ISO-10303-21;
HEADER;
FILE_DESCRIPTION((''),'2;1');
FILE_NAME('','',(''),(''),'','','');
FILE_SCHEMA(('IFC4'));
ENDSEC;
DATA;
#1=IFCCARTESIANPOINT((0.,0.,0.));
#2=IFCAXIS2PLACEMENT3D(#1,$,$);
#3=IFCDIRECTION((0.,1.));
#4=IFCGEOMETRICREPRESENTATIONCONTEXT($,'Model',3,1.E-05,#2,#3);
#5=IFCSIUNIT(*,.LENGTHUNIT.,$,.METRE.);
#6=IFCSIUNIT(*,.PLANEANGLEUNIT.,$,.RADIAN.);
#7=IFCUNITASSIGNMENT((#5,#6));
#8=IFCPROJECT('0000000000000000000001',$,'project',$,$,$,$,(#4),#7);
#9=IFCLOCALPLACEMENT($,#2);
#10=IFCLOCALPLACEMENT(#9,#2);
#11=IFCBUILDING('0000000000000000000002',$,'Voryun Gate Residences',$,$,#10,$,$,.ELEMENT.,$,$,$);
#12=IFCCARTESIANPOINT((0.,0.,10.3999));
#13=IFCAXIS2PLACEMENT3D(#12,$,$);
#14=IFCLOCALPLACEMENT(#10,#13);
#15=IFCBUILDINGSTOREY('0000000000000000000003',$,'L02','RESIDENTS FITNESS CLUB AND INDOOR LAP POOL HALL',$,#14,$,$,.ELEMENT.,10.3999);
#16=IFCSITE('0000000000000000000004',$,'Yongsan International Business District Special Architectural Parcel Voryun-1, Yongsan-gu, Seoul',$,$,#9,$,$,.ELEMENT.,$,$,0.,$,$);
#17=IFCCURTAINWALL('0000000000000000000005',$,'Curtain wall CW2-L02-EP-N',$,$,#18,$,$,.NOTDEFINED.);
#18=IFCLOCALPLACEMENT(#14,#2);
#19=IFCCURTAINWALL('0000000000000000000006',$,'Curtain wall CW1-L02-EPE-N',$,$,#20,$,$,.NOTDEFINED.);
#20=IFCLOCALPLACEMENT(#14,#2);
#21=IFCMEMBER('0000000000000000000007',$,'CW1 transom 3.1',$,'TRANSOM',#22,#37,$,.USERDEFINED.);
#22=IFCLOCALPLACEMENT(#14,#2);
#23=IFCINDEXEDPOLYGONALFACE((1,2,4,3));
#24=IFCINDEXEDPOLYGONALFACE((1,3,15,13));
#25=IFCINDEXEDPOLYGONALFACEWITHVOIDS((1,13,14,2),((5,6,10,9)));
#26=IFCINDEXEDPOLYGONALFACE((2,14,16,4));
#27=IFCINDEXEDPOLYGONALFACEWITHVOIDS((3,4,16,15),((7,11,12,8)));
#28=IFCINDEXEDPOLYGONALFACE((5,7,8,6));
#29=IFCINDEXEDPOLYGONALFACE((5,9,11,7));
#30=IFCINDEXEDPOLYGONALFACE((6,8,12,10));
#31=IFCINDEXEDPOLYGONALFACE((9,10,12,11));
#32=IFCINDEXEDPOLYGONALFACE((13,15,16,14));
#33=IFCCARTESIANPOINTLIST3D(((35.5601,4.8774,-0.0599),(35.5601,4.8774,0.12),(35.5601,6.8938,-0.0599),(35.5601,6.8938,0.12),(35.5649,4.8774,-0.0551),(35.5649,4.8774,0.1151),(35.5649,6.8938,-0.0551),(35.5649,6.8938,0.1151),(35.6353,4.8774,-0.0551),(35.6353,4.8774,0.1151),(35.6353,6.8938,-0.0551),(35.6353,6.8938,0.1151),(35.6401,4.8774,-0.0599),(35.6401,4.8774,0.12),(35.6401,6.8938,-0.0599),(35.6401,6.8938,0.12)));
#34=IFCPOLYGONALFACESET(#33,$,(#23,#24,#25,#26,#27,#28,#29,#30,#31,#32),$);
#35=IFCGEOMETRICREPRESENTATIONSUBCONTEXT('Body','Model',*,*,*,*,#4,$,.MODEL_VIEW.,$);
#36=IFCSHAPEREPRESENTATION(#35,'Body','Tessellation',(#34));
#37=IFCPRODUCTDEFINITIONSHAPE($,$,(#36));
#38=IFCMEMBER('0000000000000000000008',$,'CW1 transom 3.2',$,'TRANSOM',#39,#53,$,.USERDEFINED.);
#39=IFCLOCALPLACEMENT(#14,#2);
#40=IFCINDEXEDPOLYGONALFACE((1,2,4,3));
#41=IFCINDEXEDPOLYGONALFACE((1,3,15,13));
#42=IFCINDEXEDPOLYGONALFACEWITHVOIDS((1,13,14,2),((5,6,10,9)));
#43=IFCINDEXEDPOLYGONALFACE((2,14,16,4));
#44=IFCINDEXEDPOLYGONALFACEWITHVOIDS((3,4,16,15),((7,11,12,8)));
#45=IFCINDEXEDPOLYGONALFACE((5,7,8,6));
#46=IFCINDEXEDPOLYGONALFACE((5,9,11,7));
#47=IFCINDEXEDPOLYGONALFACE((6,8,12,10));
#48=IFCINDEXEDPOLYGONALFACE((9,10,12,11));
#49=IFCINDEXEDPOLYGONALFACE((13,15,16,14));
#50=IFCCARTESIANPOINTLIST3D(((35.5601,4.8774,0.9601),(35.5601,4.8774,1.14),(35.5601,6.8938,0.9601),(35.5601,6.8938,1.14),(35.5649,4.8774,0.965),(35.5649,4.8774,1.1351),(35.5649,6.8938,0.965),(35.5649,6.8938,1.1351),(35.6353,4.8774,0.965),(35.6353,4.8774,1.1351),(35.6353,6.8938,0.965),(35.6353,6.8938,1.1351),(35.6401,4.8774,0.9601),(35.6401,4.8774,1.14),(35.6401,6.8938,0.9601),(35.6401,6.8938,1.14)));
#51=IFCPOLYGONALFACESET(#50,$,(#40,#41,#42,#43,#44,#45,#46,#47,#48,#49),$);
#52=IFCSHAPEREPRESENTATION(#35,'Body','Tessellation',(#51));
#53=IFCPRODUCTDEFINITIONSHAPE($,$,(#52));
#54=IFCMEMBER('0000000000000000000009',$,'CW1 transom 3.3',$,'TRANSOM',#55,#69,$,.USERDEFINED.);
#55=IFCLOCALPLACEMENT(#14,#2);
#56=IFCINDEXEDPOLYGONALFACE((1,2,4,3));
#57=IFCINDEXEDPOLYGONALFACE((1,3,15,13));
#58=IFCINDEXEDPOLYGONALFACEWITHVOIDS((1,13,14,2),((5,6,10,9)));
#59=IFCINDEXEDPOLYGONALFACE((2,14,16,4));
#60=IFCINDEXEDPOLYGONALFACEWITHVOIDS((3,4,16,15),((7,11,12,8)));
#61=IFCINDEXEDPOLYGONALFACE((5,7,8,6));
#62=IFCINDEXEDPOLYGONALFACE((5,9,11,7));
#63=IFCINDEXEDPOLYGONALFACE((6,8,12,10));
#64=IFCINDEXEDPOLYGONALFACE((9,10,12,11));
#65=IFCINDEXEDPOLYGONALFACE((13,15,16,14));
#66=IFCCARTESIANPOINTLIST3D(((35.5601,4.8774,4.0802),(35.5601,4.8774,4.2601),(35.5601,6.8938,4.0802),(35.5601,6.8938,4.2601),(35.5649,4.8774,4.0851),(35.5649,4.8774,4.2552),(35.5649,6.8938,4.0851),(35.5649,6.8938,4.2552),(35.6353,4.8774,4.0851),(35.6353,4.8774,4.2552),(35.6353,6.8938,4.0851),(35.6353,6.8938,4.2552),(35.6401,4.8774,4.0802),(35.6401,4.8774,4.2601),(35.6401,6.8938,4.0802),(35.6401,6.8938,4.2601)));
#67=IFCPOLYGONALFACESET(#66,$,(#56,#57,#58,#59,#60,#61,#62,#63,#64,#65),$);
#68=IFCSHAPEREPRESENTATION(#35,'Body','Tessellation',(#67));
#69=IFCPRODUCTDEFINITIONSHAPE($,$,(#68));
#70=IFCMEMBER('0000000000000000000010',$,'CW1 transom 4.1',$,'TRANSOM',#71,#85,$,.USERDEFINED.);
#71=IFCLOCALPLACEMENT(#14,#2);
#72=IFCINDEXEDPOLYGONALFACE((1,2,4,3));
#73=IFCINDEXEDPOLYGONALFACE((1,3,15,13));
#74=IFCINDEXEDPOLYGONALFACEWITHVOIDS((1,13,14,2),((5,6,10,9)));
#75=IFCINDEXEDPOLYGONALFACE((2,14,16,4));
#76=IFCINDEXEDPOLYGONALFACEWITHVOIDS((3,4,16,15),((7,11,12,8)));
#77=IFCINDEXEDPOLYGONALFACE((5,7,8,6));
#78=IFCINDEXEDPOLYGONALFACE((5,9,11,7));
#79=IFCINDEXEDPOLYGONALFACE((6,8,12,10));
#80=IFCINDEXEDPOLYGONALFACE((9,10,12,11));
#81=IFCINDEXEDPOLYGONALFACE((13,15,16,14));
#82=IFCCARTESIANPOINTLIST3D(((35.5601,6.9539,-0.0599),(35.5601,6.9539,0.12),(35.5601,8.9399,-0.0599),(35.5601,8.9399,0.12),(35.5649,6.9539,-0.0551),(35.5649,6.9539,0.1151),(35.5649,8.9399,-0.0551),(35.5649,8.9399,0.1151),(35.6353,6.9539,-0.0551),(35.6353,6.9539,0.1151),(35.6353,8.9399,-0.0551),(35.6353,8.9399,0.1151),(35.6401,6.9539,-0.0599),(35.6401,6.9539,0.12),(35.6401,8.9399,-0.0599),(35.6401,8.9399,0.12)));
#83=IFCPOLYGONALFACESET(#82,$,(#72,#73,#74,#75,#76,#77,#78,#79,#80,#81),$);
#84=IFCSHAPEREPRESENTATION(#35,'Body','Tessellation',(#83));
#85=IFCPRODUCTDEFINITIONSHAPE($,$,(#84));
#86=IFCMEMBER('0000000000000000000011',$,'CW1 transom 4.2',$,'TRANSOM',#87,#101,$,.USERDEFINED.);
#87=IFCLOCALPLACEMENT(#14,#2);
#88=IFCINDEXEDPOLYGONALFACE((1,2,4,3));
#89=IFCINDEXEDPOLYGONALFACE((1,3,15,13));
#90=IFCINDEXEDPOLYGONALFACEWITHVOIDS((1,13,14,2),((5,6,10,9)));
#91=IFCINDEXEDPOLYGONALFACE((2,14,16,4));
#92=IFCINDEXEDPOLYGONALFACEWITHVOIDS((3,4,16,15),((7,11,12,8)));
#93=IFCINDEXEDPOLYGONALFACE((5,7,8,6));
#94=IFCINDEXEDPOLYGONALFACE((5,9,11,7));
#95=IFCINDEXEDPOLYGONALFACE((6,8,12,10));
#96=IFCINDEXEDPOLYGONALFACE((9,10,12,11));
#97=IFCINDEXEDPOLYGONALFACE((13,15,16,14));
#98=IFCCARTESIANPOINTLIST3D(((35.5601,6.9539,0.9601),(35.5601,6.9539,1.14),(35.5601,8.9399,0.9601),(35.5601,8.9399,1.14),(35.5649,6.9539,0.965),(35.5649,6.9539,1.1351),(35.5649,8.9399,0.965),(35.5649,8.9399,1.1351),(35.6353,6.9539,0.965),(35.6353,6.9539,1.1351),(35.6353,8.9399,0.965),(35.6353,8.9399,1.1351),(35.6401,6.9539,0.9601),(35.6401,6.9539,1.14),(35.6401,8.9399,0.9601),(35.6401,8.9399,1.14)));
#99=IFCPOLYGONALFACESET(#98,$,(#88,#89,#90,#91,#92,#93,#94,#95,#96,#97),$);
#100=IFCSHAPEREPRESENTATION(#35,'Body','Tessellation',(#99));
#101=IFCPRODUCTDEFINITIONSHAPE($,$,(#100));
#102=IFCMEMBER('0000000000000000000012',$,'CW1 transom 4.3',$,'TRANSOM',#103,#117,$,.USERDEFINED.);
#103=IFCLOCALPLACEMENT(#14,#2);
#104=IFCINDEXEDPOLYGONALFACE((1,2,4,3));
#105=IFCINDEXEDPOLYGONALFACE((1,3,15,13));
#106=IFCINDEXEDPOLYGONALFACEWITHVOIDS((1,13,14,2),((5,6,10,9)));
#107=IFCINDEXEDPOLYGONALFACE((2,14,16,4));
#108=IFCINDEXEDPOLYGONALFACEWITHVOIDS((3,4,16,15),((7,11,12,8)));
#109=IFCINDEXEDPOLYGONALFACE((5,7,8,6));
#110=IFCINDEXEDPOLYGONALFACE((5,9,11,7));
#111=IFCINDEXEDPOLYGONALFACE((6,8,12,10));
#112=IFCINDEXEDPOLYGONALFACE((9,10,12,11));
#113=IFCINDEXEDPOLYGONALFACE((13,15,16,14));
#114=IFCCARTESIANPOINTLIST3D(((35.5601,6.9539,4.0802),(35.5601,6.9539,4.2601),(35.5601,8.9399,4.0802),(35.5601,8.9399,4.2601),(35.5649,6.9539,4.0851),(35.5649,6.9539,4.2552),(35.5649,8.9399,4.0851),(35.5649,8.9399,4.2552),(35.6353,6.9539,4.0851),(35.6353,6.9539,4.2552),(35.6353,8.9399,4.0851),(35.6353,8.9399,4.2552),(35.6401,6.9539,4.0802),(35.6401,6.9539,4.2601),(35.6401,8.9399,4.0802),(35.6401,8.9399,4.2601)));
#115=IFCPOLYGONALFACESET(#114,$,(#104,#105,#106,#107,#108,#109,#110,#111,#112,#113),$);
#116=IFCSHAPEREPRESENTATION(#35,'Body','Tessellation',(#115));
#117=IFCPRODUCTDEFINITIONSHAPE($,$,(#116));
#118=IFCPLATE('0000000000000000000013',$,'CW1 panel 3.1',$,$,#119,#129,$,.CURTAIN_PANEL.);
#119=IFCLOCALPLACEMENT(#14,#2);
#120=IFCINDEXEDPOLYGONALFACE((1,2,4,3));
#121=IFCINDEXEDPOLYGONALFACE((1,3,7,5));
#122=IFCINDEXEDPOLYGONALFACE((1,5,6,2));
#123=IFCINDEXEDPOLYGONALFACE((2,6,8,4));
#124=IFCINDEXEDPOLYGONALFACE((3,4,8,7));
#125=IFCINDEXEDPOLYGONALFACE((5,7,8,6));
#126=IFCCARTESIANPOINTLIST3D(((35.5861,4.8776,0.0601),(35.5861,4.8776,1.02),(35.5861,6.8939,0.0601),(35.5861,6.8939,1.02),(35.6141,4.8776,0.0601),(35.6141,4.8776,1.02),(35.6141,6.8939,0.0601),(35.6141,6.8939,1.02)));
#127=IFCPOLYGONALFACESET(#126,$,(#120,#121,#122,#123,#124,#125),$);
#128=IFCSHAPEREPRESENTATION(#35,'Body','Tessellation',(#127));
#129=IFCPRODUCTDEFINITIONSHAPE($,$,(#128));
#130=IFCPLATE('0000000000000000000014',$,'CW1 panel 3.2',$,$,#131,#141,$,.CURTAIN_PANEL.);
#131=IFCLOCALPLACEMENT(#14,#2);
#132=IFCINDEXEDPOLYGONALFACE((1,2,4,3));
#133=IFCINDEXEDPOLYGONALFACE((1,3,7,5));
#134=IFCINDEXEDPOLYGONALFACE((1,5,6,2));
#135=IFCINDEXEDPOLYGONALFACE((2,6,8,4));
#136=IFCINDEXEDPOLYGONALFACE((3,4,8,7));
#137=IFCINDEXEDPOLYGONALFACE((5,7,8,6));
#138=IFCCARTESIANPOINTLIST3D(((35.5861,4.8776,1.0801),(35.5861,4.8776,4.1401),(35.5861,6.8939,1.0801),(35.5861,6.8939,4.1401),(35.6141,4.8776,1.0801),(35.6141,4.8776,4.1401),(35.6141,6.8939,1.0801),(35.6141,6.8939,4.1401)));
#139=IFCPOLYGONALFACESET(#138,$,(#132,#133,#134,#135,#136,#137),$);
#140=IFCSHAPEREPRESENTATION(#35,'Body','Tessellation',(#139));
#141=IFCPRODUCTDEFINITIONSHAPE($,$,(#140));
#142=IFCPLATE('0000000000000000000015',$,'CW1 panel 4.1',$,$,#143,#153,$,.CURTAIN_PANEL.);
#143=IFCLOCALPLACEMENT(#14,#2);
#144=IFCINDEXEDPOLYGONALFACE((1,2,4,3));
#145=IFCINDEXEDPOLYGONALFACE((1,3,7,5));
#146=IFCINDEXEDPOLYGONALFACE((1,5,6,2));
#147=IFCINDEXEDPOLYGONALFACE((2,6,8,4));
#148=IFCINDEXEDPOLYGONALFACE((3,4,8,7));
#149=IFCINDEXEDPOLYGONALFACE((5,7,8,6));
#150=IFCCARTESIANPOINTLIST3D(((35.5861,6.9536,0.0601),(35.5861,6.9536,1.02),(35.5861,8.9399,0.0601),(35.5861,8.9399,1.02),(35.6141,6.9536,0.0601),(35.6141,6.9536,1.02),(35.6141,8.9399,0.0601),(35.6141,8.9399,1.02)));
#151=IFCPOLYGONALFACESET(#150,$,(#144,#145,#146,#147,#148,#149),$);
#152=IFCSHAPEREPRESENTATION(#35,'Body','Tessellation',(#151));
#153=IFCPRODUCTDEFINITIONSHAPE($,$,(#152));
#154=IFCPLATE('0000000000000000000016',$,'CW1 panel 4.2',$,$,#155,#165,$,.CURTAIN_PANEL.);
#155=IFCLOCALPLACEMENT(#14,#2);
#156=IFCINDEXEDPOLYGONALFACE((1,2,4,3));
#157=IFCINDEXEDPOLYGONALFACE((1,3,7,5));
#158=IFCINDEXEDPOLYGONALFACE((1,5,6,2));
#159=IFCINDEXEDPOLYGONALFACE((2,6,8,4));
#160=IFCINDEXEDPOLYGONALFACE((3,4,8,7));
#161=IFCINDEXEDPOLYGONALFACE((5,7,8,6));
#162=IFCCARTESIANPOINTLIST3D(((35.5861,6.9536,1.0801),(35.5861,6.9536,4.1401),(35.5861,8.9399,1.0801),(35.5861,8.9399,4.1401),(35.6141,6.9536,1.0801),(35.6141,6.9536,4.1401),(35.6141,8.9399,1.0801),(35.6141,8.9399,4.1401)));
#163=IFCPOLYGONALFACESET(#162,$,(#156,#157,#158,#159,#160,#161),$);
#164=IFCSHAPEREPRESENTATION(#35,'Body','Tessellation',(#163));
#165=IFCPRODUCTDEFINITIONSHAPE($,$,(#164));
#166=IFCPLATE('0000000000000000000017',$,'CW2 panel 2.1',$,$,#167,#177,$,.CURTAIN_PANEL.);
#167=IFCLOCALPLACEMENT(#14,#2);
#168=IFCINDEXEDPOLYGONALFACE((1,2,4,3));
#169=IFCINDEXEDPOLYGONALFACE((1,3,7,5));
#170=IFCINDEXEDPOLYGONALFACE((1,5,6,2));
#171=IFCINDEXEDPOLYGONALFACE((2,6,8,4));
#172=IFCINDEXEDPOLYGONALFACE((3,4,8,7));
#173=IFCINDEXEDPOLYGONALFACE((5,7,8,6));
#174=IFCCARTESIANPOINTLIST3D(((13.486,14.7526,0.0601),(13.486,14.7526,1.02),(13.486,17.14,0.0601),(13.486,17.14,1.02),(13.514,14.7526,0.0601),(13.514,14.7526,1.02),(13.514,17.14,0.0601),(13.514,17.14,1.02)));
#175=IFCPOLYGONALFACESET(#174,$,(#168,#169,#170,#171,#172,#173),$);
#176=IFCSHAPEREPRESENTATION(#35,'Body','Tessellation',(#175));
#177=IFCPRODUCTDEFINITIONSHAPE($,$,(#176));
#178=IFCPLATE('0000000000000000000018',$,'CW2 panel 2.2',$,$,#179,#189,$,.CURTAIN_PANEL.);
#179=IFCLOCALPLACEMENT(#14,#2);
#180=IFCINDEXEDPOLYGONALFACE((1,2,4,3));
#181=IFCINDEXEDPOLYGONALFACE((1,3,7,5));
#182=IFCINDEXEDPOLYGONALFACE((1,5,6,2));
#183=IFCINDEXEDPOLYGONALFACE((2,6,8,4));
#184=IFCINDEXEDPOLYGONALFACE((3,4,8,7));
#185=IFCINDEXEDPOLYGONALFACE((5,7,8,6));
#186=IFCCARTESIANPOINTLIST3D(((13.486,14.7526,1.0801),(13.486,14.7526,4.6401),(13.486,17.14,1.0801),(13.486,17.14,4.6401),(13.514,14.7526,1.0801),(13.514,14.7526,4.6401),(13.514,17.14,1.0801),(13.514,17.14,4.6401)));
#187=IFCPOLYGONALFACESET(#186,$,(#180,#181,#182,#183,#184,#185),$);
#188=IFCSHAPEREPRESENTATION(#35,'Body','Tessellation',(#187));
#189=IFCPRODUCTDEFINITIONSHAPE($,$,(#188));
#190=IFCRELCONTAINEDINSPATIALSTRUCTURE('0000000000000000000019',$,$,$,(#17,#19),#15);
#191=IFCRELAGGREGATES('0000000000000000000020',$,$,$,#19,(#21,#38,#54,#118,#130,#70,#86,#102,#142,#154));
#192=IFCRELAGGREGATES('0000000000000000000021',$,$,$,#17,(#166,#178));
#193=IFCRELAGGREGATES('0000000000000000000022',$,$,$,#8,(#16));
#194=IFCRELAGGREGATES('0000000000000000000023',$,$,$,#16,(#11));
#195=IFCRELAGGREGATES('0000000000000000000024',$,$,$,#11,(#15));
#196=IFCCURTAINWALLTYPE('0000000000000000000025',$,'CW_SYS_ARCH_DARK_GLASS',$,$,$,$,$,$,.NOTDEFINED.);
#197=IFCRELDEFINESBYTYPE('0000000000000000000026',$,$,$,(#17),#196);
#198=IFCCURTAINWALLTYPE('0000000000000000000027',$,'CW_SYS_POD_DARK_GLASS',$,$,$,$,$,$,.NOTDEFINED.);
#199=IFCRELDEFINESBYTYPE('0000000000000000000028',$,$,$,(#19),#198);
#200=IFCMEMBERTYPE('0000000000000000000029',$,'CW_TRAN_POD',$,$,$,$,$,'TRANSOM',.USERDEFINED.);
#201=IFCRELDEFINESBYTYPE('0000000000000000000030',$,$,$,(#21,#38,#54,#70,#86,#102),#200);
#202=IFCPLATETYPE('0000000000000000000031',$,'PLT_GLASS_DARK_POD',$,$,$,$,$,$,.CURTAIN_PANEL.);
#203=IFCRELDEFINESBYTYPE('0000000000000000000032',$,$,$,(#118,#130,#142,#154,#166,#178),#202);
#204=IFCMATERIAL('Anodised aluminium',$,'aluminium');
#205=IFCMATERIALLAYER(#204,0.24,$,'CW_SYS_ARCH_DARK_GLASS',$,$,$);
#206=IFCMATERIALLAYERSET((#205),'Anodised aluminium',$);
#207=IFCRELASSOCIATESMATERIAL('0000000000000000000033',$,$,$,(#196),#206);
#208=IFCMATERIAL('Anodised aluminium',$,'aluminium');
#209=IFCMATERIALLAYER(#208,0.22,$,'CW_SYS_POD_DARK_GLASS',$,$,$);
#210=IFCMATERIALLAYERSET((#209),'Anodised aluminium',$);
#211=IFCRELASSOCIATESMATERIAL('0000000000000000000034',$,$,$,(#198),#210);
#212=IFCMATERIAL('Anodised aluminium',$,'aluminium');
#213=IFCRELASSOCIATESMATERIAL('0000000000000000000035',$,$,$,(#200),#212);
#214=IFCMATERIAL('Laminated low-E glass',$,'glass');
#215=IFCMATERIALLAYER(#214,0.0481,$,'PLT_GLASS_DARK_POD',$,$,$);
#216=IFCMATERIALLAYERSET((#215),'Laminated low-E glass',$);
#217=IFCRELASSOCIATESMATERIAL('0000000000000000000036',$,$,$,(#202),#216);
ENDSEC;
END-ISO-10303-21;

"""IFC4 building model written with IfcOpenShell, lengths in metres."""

from ifc_helpers import new_model, si_unit, direction, frame, origin, origin_2d, place, context, subcontext, project, spatial, rectangle, hollow_rectangle, extrude, material, layer, layer_set, material_profile, profile_set, type_object, element, aggregate, save


model = new_model("IFC4")

# Units and contexts
model_context = context("Model", 3, precision=1e-05, world=origin(), true_north=direction((0.0, 1.0)))
body_context = subcontext(model_context, "Body", "Model", "MODEL_VIEW")
ifc_project = project(units=[si_unit("LENGTHUNIT", "METRE"), si_unit("PLANEANGLEUNIT", "RADIAN")], contexts=[model_context])

# Site, building, storey
site_placement = place(None, origin())
site = spatial("IfcSite", under=ifc_project, at=site_placement, Name="Yongsan International Business District Special Architectural Parcel Voryun-1, Yongsan-gu, Seoul", CompositionType="ELEMENT", RefElevation=0.0)
building_placement = place(site_placement, origin())
building = spatial("IfcBuilding", under=site, at=building_placement, Name="Voryun Gate Residences", CompositionType="ELEMENT")
storey_placement = place(building_placement, frame((0.0, 0.0, 10.3999)))
storey = spatial("IfcBuildingStorey", under=building, at=storey_placement, Name="L02", Description="RESIDENTS FITNESS CLUB AND INDOOR LAP POOL HALL", CompositionType="ELEMENT", Elevation=10.3999)

# Curtain wall
ifc_material_1 = material(Name="Anodised aluminium", Category="aluminium")
ifc_layer_1 = layer(ifc_material_1, 0.24, Name="CW_SYS_ARCH_DARK_GLASS")
ifc_layer_set_1 = layer_set([ifc_layer_1], Name="Anodised aluminium")
curtain_wall_type_1 = type_object("IfcCurtainWallType", Name="CW_SYS_ARCH_DARK_GLASS", PredefinedType="NOTDEFINED", material=ifc_layer_set_1)
curtain_wall_1_placement = place(storey_placement, origin())
curtain_wall_1 = element("IfcCurtainWall", 1, at=curtain_wall_1_placement, inside=storey, type_object=curtain_wall_type_1, Name="Curtain wall CW2-L02-EP-N", PredefinedType="NOTDEFINED")

# Curtain wall, members, plates
ifc_material_2 = material(Name="Anodised aluminium", Category="aluminium")
ifc_layer_2 = layer(ifc_material_2, 0.22, Name="CW_SYS_POD_DARK_GLASS")
ifc_layer_set_2 = layer_set([ifc_layer_2], Name="Anodised aluminium")
curtain_wall_type_2 = type_object("IfcCurtainWallType", Name="CW_SYS_POD_DARK_GLASS", PredefinedType="NOTDEFINED", material=ifc_layer_set_2)
curtain_wall_2_placement = place(storey_placement, origin())
curtain_wall_2 = element("IfcCurtainWall", 2, at=curtain_wall_2_placement, inside=storey, type_object=curtain_wall_type_2, Name="Curtain wall CW1-L02-EPE-N", PredefinedType="NOTDEFINED")
ifc_material_3 = material(Name="Anodised aluminium", Category="aluminium")
ifc_material_profile_1 = material_profile(ifc_material_3, hollow_rectangle(XDim=0.0801, YDim=0.1799, WallThickness=0.0049, at=origin_2d()), Name="ALU-TRAN-180x80x5")
ifc_profile_set_1 = profile_set([ifc_material_profile_1], Name="Anodised aluminium")
member_type_1 = type_object("IfcMemberType", Name="CW_TRAN_POD", ElementType="TRANSOM", PredefinedType="USERDEFINED", material=ifc_profile_set_1)
member_1_placement = place(storey_placement, frame((35.6001, 4.8774, 0.03), z_axis=(0.0, 1.0, 0.0), x_axis=(-1.0, 0.0, 0.0)))
member_1 = element("IfcMember", 3, at=member_1_placement, type_object=member_type_1, Name="CW1 transom 3.1", ObjectType="TRANSOM", PredefinedType="USERDEFINED", context=body_context, shape_type="SweptSolid", body=[
    extrude(hollow_rectangle(XDim=0.0801, YDim=0.1799, WallThickness=0.0049, at=origin_2d()), origin(), (0.0, 0.0, 1.0), 2.0164),
])
member_2_placement = place(storey_placement, frame((35.6001, 4.8774, 1.05), z_axis=(0.0, 1.0, 0.0), x_axis=(-1.0, 0.0, 0.0)))
member_2 = element("IfcMember", 4, at=member_2_placement, type_object=member_type_1, Name="CW1 transom 3.2", ObjectType="TRANSOM", PredefinedType="USERDEFINED", context=body_context, shape_type="SweptSolid", body=[
    extrude(hollow_rectangle(XDim=0.0801, YDim=0.1799, WallThickness=0.0049, at=origin_2d()), origin(), (0.0, 0.0, 1.0), 2.0164),
])
member_3_placement = place(storey_placement, frame((35.6001, 4.8774, 4.1702), z_axis=(0.0, 1.0, 0.0), x_axis=(-1.0, 0.0, 0.0)))
member_3 = element("IfcMember", 5, at=member_3_placement, type_object=member_type_1, Name="CW1 transom 3.3", ObjectType="TRANSOM", PredefinedType="USERDEFINED", context=body_context, shape_type="SweptSolid", body=[
    extrude(hollow_rectangle(XDim=0.0801, YDim=0.1799, WallThickness=0.0049, at=origin_2d()), origin(), (0.0, 0.0, 1.0), 2.0164),
])
member_4_placement = place(storey_placement, frame((35.6001, 6.9539, 0.03), z_axis=(0.0, 1.0, 0.0), x_axis=(-1.0, 0.0, 0.0)))
member_4 = element("IfcMember", 6, at=member_4_placement, type_object=member_type_1, Name="CW1 transom 4.1", ObjectType="TRANSOM", PredefinedType="USERDEFINED", context=body_context, shape_type="SweptSolid", body=[
    extrude(hollow_rectangle(XDim=0.0801, YDim=0.1799, WallThickness=0.0049, at=origin_2d()), origin(), (0.0, 0.0, 1.0), 1.9861),
])
member_5_placement = place(storey_placement, frame((35.6001, 6.9539, 1.05), z_axis=(0.0, 1.0, 0.0), x_axis=(-1.0, 0.0, 0.0)))
member_5 = element("IfcMember", 7, at=member_5_placement, type_object=member_type_1, Name="CW1 transom 4.2", ObjectType="TRANSOM", PredefinedType="USERDEFINED", context=body_context, shape_type="SweptSolid", body=[
    extrude(hollow_rectangle(XDim=0.0801, YDim=0.1799, WallThickness=0.0049, at=origin_2d()), origin(), (0.0, 0.0, 1.0), 1.9861),
])
member_6_placement = place(storey_placement, frame((35.6001, 6.9539, 4.1702), z_axis=(0.0, 1.0, 0.0), x_axis=(-1.0, 0.0, 0.0)))
member_6 = element("IfcMember", 8, at=member_6_placement, type_object=member_type_1, Name="CW1 transom 4.3", ObjectType="TRANSOM", PredefinedType="USERDEFINED", context=body_context, shape_type="SweptSolid", body=[
    extrude(hollow_rectangle(XDim=0.0801, YDim=0.1799, WallThickness=0.0049, at=origin_2d()), origin(), (0.0, 0.0, 1.0), 1.9861),
])
ifc_material_4 = material(Name="Laminated low-E glass", Category="glass")
ifc_layer_3 = layer(ifc_material_4, 0.0481, Name="PLT_GLASS_DARK_POD")
ifc_layer_set_3 = layer_set([ifc_layer_3], Name="Laminated low-E glass")
plate_type = type_object("IfcPlateType", Name="PLT_GLASS_DARK_POD", PredefinedType="CURTAIN_PANEL", material=ifc_layer_set_3)
plate_1_placement = place(storey_placement, frame((35.6001, 5.8857, 0.0601), z_axis=(0.0, 0.0, 1.0), x_axis=(0.0, 1.0, 0.0)))
plate_1 = element("IfcPlate", 9, at=plate_1_placement, type_object=plate_type, Name="CW1 panel 3.1", PredefinedType="CURTAIN_PANEL", context=body_context, shape_type="SweptSolid", body=[
    extrude(rectangle(XDim=2.0164, YDim=0.0281, at=origin_2d()), origin(), (0.0, 0.0, 1.0), 0.96),
])
plate_2_placement = place(storey_placement, frame((35.6001, 5.8857, 1.0801), z_axis=(0.0, 0.0, 1.0), x_axis=(0.0, 1.0, 0.0)))
plate_2 = element("IfcPlate", 10, at=plate_2_placement, type_object=plate_type, Name="CW1 panel 3.2", PredefinedType="CURTAIN_PANEL", context=body_context, shape_type="SweptSolid", body=[
    extrude(rectangle(XDim=2.0164, YDim=0.0281, at=origin_2d()), origin(), (0.0, 0.0, 1.0), 3.0601),
])
plate_3_placement = place(storey_placement, frame((35.6001, 7.9468, 0.0601), z_axis=(0.0, 0.0, 1.0), x_axis=(0.0, 1.0, 0.0)))
plate_3 = element("IfcPlate", 11, at=plate_3_placement, type_object=plate_type, Name="CW1 panel 4.1", PredefinedType="CURTAIN_PANEL", context=body_context, shape_type="SweptSolid", body=[
    extrude(rectangle(XDim=1.9863, YDim=0.0281, at=origin_2d()), origin(), (0.0, 0.0, 1.0), 0.96),
])
plate_4_placement = place(storey_placement, frame((35.6001, 7.9468, 1.0801), z_axis=(0.0, 0.0, 1.0), x_axis=(0.0, 1.0, 0.0)))
plate_4 = element("IfcPlate", 12, at=plate_4_placement, type_object=plate_type, Name="CW1 panel 4.2", PredefinedType="CURTAIN_PANEL", context=body_context, shape_type="SweptSolid", body=[
    extrude(rectangle(XDim=1.9863, YDim=0.0281, at=origin_2d()), origin(), (0.0, 0.0, 1.0), 3.0601),
])
aggregate(curtain_wall_2, [member_1, member_2, member_3, plate_1, plate_2, member_4, member_5, member_6, plate_3, plate_4])

# Plates
plate_5_placement = place(storey_placement, frame((13.5, 15.9463, 0.0601), z_axis=(0.0, 0.0, 1.0), x_axis=(0.0, 1.0, 0.0)))
plate_5 = element("IfcPlate", 13, at=plate_5_placement, type_object=plate_type, Name="CW2 panel 2.1", PredefinedType="CURTAIN_PANEL", context=body_context, shape_type="SweptSolid", body=[
    extrude(rectangle(XDim=2.3875, YDim=0.0281, at=origin_2d()), origin(), (0.0, 0.0, 1.0), 0.96),
])
plate_6_placement = place(storey_placement, frame((13.5, 15.9463, 1.0801), z_axis=(0.0, 0.0, 1.0), x_axis=(0.0, 1.0, 0.0)))
plate_6 = element("IfcPlate", 14, at=plate_6_placement, type_object=plate_type, Name="CW2 panel 2.2", PredefinedType="CURTAIN_PANEL", context=body_context, shape_type="SweptSolid", body=[
    extrude(rectangle(XDim=2.3875, YDim=0.0281, at=origin_2d()), origin(), (0.0, 0.0, 1.0), 3.5601),
])
aggregate(curtain_wall_1, [plate_5, plate_6])

save(model, "model.ifc")
